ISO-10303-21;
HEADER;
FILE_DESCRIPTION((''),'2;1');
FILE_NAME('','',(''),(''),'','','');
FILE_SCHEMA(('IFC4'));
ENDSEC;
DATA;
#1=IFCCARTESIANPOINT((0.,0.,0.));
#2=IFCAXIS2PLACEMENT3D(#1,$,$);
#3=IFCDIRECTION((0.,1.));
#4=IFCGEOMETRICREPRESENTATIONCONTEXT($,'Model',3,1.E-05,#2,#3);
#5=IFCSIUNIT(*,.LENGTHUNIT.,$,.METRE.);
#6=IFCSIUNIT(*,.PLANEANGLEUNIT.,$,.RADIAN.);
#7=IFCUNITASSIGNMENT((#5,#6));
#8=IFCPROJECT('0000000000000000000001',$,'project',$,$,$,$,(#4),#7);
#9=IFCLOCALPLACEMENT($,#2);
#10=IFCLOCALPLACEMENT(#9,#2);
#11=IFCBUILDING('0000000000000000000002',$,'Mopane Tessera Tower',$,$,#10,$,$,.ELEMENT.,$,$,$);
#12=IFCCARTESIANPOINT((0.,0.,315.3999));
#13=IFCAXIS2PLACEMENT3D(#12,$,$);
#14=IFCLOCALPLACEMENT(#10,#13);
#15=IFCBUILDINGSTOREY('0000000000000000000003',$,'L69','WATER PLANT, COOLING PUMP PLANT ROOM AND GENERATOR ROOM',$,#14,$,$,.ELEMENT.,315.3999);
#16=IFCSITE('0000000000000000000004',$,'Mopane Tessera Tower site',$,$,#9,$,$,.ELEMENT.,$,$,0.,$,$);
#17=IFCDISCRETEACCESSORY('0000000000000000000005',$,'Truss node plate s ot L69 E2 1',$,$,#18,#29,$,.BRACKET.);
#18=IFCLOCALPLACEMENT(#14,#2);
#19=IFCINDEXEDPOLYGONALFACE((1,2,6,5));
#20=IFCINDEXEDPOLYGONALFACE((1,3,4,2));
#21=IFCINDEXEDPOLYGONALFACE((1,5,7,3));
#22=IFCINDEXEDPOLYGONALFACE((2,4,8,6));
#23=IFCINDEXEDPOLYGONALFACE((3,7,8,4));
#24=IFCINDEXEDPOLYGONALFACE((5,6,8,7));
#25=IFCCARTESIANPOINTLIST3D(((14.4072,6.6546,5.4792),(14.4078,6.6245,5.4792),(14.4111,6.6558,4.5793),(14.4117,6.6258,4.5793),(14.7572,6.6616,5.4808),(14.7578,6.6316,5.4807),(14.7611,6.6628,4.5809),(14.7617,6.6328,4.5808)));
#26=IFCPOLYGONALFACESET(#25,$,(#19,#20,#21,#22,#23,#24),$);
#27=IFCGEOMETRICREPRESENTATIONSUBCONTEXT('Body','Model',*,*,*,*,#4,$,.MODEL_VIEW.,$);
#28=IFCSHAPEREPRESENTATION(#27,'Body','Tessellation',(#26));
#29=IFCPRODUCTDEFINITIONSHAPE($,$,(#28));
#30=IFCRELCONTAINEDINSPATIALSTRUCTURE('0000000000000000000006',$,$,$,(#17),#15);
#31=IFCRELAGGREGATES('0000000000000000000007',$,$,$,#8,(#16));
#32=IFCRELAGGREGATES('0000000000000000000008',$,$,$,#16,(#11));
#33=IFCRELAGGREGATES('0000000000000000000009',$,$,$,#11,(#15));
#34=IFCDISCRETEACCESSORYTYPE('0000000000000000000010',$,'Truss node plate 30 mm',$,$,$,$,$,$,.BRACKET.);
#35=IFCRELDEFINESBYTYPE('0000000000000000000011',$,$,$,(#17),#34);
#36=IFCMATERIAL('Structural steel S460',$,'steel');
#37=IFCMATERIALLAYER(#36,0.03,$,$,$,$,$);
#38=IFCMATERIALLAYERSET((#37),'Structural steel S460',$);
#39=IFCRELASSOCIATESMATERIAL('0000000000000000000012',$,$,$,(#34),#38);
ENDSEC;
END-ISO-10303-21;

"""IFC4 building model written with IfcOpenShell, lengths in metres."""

from ifc_helpers import new_model, si_unit, direction, frame, origin, origin_2d, place, context, subcontext, project, spatial, rectangle, extrude, material, layer, layer_set, type_object, element, save


model = new_model("IFC4")

# Units and contexts
model_context = context("Model", 3, precision=1e-05, world=origin(), true_north=direction((0.0, 1.0)))
body_context = subcontext(model_context, "Body", "Model", "MODEL_VIEW")
ifc_project = project(units=[si_unit("LENGTHUNIT", "METRE"), si_unit("PLANEANGLEUNIT", "RADIAN")], contexts=[model_context])

# Site, building, storey
site_placement = place(None, origin())
site = spatial("IfcSite", under=ifc_project, at=site_placement, Name="Mopane Tessera Tower site", CompositionType="ELEMENT", RefElevation=0.0)
building_placement = place(site_placement, origin())
building = spatial("IfcBuilding", under=site, at=building_placement, Name="Mopane Tessera Tower", CompositionType="ELEMENT")
storey_placement = place(building_placement, frame((0.0, 0.0, 315.3999)))
storey = spatial("IfcBuildingStorey", under=building, at=storey_placement, Name="L69", Description="WATER PLANT, COOLING PUMP PLANT ROOM AND GENERATOR ROOM", CompositionType="ELEMENT", Elevation=315.3999)

# Discrete accessory
ifc_material_1 = material(Name="Structural steel S460", Category="steel")
ifc_layer_1 = layer(ifc_material_1, 0.03)
ifc_layer_set_1 = layer_set([ifc_layer_1], Name="Structural steel S460")
discrete_accessory_type_1 = type_object("IfcDiscreteAccessoryType", Name="Truss node plate 30 mm", PredefinedType="BRACKET", material=ifc_layer_set_1)
discrete_accessory_1_placement = place(storey_placement, frame((14.5864, 6.6443, 4.5801), z_axis=(-0.004341, -0.001356, 0.99999), x_axis=(-0.020093, 0.999797, 0.001269)))
element("IfcDiscreteAccessory", 1, at=discrete_accessory_1_placement, inside=storey, type_object=discrete_accessory_type_1, Name="Truss node plate s ot L69 E2 1", PredefinedType="BRACKET", context=body_context, shape_type="SweptSolid", body=[
    extrude(rectangle(XDim=0.03, YDim=0.3501, at=origin_2d()), origin(), (0.0, 0.0, 1.0), 0.8999),
])

save(model, "model.ifc")
